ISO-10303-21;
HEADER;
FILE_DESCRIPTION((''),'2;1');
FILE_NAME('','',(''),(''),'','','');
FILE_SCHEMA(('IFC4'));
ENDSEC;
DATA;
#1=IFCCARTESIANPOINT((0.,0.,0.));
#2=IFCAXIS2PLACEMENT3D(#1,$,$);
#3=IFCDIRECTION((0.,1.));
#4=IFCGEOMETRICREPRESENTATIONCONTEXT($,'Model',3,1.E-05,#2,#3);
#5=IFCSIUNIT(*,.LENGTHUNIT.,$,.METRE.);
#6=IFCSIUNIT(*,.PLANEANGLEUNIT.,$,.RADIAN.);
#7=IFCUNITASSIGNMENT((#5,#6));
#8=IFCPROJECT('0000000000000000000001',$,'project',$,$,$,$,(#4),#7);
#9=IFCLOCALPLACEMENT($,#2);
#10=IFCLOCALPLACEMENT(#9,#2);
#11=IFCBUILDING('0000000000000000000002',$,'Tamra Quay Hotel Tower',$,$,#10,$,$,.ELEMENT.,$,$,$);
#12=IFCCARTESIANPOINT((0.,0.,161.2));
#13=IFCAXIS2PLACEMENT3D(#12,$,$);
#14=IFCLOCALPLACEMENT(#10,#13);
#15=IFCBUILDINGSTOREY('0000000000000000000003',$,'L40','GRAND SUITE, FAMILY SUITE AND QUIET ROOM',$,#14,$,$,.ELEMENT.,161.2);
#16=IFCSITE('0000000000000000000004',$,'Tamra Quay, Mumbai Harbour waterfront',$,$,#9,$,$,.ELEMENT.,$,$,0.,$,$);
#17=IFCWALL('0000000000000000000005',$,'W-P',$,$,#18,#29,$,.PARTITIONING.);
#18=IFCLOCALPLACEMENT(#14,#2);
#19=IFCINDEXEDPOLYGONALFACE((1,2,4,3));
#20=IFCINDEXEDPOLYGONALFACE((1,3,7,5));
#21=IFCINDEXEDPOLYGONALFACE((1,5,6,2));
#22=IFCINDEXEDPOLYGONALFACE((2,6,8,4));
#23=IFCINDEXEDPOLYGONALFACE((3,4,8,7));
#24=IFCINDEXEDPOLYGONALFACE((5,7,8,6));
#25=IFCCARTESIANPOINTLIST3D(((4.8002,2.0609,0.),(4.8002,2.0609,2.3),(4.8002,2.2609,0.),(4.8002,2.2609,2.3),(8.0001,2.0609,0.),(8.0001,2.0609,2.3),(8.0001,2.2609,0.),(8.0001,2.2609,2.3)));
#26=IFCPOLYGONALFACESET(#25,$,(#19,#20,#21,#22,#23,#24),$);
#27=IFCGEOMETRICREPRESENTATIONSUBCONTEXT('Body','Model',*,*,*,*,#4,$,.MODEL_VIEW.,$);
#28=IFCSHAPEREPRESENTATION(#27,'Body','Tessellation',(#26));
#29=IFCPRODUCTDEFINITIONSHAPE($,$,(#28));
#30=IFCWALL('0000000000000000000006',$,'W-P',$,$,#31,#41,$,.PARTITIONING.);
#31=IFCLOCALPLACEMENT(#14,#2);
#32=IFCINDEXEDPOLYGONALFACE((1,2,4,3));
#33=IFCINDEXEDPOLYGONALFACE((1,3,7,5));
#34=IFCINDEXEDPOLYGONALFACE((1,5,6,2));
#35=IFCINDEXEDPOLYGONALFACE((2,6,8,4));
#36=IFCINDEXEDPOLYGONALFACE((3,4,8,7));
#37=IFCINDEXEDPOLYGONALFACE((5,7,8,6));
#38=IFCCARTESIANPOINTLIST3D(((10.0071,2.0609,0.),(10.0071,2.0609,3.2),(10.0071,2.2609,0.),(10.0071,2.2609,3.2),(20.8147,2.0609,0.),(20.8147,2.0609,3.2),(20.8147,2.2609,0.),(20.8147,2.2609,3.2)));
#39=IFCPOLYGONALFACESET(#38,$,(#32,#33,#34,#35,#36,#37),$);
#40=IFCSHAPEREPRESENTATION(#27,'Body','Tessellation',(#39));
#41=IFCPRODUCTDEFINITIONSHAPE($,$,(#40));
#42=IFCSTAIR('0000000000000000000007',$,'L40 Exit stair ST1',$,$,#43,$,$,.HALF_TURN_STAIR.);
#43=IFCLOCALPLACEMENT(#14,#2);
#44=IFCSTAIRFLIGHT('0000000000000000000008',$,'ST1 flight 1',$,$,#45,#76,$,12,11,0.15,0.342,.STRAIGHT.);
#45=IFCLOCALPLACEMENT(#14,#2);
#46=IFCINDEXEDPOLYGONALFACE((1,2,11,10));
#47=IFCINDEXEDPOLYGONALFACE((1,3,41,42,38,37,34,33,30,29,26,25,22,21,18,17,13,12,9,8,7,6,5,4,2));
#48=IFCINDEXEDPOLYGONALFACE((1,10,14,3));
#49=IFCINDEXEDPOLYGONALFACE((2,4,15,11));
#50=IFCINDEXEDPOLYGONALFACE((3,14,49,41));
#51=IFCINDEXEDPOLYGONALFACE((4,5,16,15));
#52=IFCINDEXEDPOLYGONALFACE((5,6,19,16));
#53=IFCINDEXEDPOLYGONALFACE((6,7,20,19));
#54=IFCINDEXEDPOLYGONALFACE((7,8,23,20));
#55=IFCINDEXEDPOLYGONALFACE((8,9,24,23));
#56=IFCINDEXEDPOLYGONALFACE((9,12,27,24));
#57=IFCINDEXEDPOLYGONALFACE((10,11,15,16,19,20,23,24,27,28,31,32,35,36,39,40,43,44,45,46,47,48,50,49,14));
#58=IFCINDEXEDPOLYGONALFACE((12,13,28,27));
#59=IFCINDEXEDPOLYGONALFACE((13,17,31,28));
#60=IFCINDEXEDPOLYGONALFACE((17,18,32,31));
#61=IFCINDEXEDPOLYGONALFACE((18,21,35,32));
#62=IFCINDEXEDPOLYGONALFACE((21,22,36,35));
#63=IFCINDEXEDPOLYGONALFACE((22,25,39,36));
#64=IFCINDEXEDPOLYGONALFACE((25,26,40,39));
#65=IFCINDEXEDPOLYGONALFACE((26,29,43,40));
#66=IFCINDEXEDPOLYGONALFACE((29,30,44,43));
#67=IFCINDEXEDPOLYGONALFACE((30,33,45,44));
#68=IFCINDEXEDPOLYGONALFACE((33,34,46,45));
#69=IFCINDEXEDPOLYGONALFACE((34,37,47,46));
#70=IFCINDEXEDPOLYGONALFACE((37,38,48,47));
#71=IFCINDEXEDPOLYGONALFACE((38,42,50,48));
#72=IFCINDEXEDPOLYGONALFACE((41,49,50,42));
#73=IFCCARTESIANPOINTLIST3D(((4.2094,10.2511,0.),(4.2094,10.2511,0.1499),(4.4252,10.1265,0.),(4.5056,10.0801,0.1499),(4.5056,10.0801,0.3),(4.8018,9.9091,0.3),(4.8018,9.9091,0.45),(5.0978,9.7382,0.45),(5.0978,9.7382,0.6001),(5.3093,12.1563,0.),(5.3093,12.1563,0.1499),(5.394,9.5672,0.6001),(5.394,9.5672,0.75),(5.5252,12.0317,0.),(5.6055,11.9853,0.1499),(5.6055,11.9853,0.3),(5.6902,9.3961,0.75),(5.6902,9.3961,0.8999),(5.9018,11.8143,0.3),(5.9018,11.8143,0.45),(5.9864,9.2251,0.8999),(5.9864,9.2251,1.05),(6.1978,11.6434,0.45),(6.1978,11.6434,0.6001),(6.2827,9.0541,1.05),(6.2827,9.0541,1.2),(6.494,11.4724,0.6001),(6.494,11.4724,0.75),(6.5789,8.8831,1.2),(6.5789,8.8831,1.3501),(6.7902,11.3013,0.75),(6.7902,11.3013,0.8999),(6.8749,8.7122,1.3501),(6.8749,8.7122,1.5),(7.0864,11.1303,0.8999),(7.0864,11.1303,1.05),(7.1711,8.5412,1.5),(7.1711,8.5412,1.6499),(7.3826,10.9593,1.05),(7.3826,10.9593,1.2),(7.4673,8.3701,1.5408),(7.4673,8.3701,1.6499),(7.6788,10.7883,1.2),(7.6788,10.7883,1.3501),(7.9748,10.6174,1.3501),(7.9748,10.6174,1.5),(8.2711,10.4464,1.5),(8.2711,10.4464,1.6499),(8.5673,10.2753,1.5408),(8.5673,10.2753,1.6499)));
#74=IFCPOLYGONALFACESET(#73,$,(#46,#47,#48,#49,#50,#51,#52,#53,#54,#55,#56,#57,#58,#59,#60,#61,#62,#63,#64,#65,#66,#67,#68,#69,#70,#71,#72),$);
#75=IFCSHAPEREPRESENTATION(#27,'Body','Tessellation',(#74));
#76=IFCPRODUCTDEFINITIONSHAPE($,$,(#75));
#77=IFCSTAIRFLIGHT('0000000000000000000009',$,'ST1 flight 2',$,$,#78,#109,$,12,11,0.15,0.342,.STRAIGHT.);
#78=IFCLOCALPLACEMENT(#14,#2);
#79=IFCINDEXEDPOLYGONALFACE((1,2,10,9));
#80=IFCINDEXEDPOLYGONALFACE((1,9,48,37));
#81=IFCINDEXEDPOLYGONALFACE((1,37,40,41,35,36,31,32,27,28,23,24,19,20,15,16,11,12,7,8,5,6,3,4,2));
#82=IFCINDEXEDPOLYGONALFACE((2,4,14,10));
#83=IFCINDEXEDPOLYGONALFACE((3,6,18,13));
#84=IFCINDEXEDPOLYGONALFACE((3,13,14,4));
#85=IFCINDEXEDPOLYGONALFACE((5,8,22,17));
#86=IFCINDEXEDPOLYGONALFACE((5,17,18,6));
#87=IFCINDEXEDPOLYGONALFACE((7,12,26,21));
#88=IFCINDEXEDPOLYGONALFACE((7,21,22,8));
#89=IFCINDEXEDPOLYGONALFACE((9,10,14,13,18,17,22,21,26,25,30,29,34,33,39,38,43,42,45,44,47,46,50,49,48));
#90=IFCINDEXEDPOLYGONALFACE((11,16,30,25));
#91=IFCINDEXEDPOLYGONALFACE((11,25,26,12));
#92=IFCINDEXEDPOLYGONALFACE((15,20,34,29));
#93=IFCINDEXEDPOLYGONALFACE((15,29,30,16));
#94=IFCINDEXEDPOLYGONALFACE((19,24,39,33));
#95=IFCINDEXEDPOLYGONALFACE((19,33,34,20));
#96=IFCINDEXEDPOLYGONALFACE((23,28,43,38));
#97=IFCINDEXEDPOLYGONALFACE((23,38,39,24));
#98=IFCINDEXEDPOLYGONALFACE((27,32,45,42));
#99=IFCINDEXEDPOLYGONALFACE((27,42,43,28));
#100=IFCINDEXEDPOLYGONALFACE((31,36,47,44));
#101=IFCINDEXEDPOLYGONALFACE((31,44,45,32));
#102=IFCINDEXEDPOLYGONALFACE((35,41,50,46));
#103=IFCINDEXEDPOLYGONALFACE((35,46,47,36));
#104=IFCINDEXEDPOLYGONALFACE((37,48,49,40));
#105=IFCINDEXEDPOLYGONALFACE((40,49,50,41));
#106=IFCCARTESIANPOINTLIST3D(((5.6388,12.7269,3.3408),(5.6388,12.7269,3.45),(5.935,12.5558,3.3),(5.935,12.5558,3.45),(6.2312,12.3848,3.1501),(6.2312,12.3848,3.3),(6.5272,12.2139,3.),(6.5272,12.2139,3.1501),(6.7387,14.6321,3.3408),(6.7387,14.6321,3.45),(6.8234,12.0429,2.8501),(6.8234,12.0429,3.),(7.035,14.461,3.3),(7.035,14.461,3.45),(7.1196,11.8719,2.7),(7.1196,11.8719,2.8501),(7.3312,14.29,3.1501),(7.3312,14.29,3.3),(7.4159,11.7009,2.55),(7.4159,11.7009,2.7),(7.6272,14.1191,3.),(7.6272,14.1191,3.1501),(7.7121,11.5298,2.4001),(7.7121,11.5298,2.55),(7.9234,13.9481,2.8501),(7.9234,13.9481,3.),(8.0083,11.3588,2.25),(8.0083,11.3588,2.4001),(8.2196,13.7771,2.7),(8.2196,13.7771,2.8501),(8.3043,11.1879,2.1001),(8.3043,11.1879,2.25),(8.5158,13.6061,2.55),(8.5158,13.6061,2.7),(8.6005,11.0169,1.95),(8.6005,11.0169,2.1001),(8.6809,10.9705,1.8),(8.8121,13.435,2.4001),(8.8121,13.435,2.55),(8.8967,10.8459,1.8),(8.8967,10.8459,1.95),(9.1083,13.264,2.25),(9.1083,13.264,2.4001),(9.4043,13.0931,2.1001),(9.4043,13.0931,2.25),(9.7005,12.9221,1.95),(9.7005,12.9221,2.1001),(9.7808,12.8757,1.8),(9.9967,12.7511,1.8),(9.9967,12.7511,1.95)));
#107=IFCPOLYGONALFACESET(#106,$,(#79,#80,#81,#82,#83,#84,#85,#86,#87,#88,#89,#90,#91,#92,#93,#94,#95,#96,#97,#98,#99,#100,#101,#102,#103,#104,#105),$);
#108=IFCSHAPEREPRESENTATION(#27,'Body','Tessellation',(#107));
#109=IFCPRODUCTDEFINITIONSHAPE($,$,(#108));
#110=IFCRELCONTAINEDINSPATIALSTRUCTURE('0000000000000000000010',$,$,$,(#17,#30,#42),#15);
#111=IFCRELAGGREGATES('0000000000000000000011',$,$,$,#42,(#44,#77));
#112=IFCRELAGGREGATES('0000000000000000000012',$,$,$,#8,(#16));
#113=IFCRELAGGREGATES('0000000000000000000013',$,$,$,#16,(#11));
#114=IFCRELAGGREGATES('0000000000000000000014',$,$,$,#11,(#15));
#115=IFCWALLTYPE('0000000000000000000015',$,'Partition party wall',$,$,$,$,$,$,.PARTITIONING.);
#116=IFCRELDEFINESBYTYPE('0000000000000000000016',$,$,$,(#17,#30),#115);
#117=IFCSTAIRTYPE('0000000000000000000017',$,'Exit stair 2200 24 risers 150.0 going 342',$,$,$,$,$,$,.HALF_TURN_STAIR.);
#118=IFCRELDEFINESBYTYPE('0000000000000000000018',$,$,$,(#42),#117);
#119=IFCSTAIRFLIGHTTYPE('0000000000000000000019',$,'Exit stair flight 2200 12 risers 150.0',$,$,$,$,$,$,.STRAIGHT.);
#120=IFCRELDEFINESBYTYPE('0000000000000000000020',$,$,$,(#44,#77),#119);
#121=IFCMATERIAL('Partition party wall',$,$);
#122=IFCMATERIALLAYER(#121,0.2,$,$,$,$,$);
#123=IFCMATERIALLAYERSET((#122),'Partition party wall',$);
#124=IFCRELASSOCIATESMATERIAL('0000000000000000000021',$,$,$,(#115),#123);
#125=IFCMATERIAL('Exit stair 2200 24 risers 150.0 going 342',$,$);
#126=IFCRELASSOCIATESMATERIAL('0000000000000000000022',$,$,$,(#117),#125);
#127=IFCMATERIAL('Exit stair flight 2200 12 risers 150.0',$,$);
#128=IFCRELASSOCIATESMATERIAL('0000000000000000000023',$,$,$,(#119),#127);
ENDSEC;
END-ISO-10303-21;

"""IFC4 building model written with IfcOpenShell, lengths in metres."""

from ifc_helpers import new_model, si_unit, direction, frame, frame_2d, origin, place, context, subcontext, project, spatial, polyline, rectangle, outline, extrude, material, layer, layer_set, type_object, element, aggregate, save


model = new_model("IFC4")

# Units and contexts
model_context = context("Model", 3, precision=1e-05, world=origin(), true_north=direction((0.0, 1.0)))
body_context = subcontext(model_context, "Body", "Model", "MODEL_VIEW")
ifc_project = project(units=[si_unit("LENGTHUNIT", "METRE"), si_unit("PLANEANGLEUNIT", "RADIAN")], contexts=[model_context])

# Site, building, storey
site_placement = place(None, origin())
site = spatial("IfcSite", under=ifc_project, at=site_placement, Name="Tamra Quay, Mumbai Harbour waterfront", CompositionType="ELEMENT", RefElevation=0.0)
building_placement = place(site_placement, origin())
building = spatial("IfcBuilding", under=site, at=building_placement, Name="Tamra Quay Hotel Tower", CompositionType="ELEMENT")
storey_placement = place(building_placement, frame((0.0, 0.0, 161.2)))
storey = spatial("IfcBuildingStorey", under=building, at=storey_placement, Name="L40", Description="GRAND SUITE, FAMILY SUITE AND QUIET ROOM", CompositionType="ELEMENT", Elevation=161.2)

# Walls
ifc_material_1 = material(Name="Partition party wall")
ifc_layer_1 = layer(ifc_material_1, 0.2)
ifc_layer_set_1 = layer_set([ifc_layer_1], Name="Partition party wall")
wall_type_1 = type_object("IfcWallType", Name="Partition party wall", PredefinedType="PARTITIONING", material=ifc_layer_set_1)
wall_1_placement = place(storey_placement, frame((4.8, 2.1609, 0.0), z_axis=(0.0, 0.0, 1.0), x_axis=(1.0, 0.0, 0.0)))
element("IfcWall", 1, at=wall_1_placement, inside=storey, type_object=wall_type_1, Name="W-P", PredefinedType="PARTITIONING", context=body_context, shape_type="SweptSolid", body=[
    extrude(rectangle(XDim=3.2, YDim=0.2, at=frame_2d((1.6001, 0.0))), origin(), (0.0, 0.0, 1.0), 2.3),
])
wall_2_placement = place(storey_placement, frame((10.0071, 2.1609, 0.0), z_axis=(0.0, 0.0, 1.0), x_axis=(1.0, 0.0, 0.0)))
element("IfcWall", 2, at=wall_2_placement, inside=storey, type_object=wall_type_1, Name="W-P", PredefinedType="PARTITIONING", context=body_context, shape_type="SweptSolid", body=[
    extrude(rectangle(XDim=10.8076, YDim=0.2, at=frame_2d((5.4038, 0.0))), origin(), (0.0, 0.0, 1.0), 3.2),
])

# Stair, stair flights
ifc_material_2 = material(Name="Exit stair 2200 24 risers 150.0 going 342")
stair_type = type_object("IfcStairType", Name="Exit stair 2200 24 risers 150.0 going 342", PredefinedType="HALF_TURN_STAIR", material=ifc_material_2)
stair_placement = place(storey_placement, origin())
stair = element("IfcStair", 3, at=stair_placement, inside=storey, type_object=stair_type, Name="L40 Exit stair ST1", PredefinedType="HALF_TURN_STAIR")
ifc_material_3 = material(Name="Exit stair flight 2200 12 risers 150.0")
stair_flight_type = type_object("IfcStairFlightType", Name="Exit stair flight 2200 12 risers 150.0", PredefinedType="STRAIGHT", material=ifc_material_3)
stair_flight_1_placement = place(storey_placement, frame((4.7593, 11.2036, 0.0), z_axis=(0.0, 0.0, 1.0), x_axis=(0.866025, -0.5, 0.0)))
stair_flight_1 = element("IfcStairFlight", 4, at=stair_flight_1_placement, type_object=stair_flight_type, Name="ST1 flight 1", NumberOfRisers=12, NumberOfTreads=11, PredefinedType="STRAIGHT", RiserHeight=0.15, TreadLength=0.342, context=body_context, shape_type="SweptSolid", body=[
    extrude(outline(polyline([(0.0, 0.0), (0.0, 0.1499), (0.342, 0.1499), (0.342, 0.3), (0.6841, 0.3), (0.6841, 0.45), (1.0259, 0.45), (1.0259, 0.6001), (1.3679, 0.6001), (1.3679, 0.75), (1.71, 0.75), (1.71, 0.8999), (2.052, 0.8999), (2.052, 1.05), (2.394, 1.05), (2.394, 1.2), (2.7361, 1.2), (2.7361, 1.3501), (3.0779, 1.3501), (3.0779, 1.5), (3.4199, 1.5), (3.4199, 1.6499), (3.762, 1.6499), (3.762, 1.8), (3.762, 1.5408), (0.2493, 0.0), (0.0, 0.0)])), frame((0.0, 1.1001, 0.0), z_axis=(0.0, -1.0, 0.0), x_axis=(1.0, 0.0, 0.0)), (0.0, 0.0, 1.0), 2.2),
])
stair_flight_2_placement = place(storey_placement, frame((9.4468, 11.7986, 1.8), z_axis=(0.0, 0.0, 1.0), x_axis=(-0.866025, 0.5, 0.0)))
stair_flight_2 = element("IfcStairFlight", 5, at=stair_flight_2_placement, type_object=stair_flight_type, Name="ST1 flight 2", NumberOfRisers=12, NumberOfTreads=11, PredefinedType="STRAIGHT", RiserHeight=0.15, TreadLength=0.342, context=body_context, shape_type="SweptSolid", body=[
    extrude(outline(polyline([(0.0, 0.0), (0.0, 0.1499), (0.342, 0.1499), (0.342, 0.3), (0.6841, 0.3), (0.6841, 0.45), (1.0259, 0.45), (1.0259, 0.6001), (1.3679, 0.6001), (1.3679, 0.75), (1.71, 0.75), (1.71, 0.8999), (2.052, 0.8999), (2.052, 1.05), (2.394, 1.05), (2.394, 1.2), (2.7361, 1.2), (2.7361, 1.3501), (3.0779, 1.3501), (3.0779, 1.5), (3.4199, 1.5), (3.4199, 1.6499), (3.762, 1.6499), (3.762, 1.8), (3.762, 1.5408), (0.2493, 0.0), (0.0, 0.0)])), frame((0.0, 1.1001, 0.0), z_axis=(0.0, -1.0, 0.0), x_axis=(1.0, 0.0, 0.0)), (0.0, 0.0, 1.0), 2.2),
])
aggregate(stair, [stair_flight_1, stair_flight_2])

save(model, "model.ifc")
